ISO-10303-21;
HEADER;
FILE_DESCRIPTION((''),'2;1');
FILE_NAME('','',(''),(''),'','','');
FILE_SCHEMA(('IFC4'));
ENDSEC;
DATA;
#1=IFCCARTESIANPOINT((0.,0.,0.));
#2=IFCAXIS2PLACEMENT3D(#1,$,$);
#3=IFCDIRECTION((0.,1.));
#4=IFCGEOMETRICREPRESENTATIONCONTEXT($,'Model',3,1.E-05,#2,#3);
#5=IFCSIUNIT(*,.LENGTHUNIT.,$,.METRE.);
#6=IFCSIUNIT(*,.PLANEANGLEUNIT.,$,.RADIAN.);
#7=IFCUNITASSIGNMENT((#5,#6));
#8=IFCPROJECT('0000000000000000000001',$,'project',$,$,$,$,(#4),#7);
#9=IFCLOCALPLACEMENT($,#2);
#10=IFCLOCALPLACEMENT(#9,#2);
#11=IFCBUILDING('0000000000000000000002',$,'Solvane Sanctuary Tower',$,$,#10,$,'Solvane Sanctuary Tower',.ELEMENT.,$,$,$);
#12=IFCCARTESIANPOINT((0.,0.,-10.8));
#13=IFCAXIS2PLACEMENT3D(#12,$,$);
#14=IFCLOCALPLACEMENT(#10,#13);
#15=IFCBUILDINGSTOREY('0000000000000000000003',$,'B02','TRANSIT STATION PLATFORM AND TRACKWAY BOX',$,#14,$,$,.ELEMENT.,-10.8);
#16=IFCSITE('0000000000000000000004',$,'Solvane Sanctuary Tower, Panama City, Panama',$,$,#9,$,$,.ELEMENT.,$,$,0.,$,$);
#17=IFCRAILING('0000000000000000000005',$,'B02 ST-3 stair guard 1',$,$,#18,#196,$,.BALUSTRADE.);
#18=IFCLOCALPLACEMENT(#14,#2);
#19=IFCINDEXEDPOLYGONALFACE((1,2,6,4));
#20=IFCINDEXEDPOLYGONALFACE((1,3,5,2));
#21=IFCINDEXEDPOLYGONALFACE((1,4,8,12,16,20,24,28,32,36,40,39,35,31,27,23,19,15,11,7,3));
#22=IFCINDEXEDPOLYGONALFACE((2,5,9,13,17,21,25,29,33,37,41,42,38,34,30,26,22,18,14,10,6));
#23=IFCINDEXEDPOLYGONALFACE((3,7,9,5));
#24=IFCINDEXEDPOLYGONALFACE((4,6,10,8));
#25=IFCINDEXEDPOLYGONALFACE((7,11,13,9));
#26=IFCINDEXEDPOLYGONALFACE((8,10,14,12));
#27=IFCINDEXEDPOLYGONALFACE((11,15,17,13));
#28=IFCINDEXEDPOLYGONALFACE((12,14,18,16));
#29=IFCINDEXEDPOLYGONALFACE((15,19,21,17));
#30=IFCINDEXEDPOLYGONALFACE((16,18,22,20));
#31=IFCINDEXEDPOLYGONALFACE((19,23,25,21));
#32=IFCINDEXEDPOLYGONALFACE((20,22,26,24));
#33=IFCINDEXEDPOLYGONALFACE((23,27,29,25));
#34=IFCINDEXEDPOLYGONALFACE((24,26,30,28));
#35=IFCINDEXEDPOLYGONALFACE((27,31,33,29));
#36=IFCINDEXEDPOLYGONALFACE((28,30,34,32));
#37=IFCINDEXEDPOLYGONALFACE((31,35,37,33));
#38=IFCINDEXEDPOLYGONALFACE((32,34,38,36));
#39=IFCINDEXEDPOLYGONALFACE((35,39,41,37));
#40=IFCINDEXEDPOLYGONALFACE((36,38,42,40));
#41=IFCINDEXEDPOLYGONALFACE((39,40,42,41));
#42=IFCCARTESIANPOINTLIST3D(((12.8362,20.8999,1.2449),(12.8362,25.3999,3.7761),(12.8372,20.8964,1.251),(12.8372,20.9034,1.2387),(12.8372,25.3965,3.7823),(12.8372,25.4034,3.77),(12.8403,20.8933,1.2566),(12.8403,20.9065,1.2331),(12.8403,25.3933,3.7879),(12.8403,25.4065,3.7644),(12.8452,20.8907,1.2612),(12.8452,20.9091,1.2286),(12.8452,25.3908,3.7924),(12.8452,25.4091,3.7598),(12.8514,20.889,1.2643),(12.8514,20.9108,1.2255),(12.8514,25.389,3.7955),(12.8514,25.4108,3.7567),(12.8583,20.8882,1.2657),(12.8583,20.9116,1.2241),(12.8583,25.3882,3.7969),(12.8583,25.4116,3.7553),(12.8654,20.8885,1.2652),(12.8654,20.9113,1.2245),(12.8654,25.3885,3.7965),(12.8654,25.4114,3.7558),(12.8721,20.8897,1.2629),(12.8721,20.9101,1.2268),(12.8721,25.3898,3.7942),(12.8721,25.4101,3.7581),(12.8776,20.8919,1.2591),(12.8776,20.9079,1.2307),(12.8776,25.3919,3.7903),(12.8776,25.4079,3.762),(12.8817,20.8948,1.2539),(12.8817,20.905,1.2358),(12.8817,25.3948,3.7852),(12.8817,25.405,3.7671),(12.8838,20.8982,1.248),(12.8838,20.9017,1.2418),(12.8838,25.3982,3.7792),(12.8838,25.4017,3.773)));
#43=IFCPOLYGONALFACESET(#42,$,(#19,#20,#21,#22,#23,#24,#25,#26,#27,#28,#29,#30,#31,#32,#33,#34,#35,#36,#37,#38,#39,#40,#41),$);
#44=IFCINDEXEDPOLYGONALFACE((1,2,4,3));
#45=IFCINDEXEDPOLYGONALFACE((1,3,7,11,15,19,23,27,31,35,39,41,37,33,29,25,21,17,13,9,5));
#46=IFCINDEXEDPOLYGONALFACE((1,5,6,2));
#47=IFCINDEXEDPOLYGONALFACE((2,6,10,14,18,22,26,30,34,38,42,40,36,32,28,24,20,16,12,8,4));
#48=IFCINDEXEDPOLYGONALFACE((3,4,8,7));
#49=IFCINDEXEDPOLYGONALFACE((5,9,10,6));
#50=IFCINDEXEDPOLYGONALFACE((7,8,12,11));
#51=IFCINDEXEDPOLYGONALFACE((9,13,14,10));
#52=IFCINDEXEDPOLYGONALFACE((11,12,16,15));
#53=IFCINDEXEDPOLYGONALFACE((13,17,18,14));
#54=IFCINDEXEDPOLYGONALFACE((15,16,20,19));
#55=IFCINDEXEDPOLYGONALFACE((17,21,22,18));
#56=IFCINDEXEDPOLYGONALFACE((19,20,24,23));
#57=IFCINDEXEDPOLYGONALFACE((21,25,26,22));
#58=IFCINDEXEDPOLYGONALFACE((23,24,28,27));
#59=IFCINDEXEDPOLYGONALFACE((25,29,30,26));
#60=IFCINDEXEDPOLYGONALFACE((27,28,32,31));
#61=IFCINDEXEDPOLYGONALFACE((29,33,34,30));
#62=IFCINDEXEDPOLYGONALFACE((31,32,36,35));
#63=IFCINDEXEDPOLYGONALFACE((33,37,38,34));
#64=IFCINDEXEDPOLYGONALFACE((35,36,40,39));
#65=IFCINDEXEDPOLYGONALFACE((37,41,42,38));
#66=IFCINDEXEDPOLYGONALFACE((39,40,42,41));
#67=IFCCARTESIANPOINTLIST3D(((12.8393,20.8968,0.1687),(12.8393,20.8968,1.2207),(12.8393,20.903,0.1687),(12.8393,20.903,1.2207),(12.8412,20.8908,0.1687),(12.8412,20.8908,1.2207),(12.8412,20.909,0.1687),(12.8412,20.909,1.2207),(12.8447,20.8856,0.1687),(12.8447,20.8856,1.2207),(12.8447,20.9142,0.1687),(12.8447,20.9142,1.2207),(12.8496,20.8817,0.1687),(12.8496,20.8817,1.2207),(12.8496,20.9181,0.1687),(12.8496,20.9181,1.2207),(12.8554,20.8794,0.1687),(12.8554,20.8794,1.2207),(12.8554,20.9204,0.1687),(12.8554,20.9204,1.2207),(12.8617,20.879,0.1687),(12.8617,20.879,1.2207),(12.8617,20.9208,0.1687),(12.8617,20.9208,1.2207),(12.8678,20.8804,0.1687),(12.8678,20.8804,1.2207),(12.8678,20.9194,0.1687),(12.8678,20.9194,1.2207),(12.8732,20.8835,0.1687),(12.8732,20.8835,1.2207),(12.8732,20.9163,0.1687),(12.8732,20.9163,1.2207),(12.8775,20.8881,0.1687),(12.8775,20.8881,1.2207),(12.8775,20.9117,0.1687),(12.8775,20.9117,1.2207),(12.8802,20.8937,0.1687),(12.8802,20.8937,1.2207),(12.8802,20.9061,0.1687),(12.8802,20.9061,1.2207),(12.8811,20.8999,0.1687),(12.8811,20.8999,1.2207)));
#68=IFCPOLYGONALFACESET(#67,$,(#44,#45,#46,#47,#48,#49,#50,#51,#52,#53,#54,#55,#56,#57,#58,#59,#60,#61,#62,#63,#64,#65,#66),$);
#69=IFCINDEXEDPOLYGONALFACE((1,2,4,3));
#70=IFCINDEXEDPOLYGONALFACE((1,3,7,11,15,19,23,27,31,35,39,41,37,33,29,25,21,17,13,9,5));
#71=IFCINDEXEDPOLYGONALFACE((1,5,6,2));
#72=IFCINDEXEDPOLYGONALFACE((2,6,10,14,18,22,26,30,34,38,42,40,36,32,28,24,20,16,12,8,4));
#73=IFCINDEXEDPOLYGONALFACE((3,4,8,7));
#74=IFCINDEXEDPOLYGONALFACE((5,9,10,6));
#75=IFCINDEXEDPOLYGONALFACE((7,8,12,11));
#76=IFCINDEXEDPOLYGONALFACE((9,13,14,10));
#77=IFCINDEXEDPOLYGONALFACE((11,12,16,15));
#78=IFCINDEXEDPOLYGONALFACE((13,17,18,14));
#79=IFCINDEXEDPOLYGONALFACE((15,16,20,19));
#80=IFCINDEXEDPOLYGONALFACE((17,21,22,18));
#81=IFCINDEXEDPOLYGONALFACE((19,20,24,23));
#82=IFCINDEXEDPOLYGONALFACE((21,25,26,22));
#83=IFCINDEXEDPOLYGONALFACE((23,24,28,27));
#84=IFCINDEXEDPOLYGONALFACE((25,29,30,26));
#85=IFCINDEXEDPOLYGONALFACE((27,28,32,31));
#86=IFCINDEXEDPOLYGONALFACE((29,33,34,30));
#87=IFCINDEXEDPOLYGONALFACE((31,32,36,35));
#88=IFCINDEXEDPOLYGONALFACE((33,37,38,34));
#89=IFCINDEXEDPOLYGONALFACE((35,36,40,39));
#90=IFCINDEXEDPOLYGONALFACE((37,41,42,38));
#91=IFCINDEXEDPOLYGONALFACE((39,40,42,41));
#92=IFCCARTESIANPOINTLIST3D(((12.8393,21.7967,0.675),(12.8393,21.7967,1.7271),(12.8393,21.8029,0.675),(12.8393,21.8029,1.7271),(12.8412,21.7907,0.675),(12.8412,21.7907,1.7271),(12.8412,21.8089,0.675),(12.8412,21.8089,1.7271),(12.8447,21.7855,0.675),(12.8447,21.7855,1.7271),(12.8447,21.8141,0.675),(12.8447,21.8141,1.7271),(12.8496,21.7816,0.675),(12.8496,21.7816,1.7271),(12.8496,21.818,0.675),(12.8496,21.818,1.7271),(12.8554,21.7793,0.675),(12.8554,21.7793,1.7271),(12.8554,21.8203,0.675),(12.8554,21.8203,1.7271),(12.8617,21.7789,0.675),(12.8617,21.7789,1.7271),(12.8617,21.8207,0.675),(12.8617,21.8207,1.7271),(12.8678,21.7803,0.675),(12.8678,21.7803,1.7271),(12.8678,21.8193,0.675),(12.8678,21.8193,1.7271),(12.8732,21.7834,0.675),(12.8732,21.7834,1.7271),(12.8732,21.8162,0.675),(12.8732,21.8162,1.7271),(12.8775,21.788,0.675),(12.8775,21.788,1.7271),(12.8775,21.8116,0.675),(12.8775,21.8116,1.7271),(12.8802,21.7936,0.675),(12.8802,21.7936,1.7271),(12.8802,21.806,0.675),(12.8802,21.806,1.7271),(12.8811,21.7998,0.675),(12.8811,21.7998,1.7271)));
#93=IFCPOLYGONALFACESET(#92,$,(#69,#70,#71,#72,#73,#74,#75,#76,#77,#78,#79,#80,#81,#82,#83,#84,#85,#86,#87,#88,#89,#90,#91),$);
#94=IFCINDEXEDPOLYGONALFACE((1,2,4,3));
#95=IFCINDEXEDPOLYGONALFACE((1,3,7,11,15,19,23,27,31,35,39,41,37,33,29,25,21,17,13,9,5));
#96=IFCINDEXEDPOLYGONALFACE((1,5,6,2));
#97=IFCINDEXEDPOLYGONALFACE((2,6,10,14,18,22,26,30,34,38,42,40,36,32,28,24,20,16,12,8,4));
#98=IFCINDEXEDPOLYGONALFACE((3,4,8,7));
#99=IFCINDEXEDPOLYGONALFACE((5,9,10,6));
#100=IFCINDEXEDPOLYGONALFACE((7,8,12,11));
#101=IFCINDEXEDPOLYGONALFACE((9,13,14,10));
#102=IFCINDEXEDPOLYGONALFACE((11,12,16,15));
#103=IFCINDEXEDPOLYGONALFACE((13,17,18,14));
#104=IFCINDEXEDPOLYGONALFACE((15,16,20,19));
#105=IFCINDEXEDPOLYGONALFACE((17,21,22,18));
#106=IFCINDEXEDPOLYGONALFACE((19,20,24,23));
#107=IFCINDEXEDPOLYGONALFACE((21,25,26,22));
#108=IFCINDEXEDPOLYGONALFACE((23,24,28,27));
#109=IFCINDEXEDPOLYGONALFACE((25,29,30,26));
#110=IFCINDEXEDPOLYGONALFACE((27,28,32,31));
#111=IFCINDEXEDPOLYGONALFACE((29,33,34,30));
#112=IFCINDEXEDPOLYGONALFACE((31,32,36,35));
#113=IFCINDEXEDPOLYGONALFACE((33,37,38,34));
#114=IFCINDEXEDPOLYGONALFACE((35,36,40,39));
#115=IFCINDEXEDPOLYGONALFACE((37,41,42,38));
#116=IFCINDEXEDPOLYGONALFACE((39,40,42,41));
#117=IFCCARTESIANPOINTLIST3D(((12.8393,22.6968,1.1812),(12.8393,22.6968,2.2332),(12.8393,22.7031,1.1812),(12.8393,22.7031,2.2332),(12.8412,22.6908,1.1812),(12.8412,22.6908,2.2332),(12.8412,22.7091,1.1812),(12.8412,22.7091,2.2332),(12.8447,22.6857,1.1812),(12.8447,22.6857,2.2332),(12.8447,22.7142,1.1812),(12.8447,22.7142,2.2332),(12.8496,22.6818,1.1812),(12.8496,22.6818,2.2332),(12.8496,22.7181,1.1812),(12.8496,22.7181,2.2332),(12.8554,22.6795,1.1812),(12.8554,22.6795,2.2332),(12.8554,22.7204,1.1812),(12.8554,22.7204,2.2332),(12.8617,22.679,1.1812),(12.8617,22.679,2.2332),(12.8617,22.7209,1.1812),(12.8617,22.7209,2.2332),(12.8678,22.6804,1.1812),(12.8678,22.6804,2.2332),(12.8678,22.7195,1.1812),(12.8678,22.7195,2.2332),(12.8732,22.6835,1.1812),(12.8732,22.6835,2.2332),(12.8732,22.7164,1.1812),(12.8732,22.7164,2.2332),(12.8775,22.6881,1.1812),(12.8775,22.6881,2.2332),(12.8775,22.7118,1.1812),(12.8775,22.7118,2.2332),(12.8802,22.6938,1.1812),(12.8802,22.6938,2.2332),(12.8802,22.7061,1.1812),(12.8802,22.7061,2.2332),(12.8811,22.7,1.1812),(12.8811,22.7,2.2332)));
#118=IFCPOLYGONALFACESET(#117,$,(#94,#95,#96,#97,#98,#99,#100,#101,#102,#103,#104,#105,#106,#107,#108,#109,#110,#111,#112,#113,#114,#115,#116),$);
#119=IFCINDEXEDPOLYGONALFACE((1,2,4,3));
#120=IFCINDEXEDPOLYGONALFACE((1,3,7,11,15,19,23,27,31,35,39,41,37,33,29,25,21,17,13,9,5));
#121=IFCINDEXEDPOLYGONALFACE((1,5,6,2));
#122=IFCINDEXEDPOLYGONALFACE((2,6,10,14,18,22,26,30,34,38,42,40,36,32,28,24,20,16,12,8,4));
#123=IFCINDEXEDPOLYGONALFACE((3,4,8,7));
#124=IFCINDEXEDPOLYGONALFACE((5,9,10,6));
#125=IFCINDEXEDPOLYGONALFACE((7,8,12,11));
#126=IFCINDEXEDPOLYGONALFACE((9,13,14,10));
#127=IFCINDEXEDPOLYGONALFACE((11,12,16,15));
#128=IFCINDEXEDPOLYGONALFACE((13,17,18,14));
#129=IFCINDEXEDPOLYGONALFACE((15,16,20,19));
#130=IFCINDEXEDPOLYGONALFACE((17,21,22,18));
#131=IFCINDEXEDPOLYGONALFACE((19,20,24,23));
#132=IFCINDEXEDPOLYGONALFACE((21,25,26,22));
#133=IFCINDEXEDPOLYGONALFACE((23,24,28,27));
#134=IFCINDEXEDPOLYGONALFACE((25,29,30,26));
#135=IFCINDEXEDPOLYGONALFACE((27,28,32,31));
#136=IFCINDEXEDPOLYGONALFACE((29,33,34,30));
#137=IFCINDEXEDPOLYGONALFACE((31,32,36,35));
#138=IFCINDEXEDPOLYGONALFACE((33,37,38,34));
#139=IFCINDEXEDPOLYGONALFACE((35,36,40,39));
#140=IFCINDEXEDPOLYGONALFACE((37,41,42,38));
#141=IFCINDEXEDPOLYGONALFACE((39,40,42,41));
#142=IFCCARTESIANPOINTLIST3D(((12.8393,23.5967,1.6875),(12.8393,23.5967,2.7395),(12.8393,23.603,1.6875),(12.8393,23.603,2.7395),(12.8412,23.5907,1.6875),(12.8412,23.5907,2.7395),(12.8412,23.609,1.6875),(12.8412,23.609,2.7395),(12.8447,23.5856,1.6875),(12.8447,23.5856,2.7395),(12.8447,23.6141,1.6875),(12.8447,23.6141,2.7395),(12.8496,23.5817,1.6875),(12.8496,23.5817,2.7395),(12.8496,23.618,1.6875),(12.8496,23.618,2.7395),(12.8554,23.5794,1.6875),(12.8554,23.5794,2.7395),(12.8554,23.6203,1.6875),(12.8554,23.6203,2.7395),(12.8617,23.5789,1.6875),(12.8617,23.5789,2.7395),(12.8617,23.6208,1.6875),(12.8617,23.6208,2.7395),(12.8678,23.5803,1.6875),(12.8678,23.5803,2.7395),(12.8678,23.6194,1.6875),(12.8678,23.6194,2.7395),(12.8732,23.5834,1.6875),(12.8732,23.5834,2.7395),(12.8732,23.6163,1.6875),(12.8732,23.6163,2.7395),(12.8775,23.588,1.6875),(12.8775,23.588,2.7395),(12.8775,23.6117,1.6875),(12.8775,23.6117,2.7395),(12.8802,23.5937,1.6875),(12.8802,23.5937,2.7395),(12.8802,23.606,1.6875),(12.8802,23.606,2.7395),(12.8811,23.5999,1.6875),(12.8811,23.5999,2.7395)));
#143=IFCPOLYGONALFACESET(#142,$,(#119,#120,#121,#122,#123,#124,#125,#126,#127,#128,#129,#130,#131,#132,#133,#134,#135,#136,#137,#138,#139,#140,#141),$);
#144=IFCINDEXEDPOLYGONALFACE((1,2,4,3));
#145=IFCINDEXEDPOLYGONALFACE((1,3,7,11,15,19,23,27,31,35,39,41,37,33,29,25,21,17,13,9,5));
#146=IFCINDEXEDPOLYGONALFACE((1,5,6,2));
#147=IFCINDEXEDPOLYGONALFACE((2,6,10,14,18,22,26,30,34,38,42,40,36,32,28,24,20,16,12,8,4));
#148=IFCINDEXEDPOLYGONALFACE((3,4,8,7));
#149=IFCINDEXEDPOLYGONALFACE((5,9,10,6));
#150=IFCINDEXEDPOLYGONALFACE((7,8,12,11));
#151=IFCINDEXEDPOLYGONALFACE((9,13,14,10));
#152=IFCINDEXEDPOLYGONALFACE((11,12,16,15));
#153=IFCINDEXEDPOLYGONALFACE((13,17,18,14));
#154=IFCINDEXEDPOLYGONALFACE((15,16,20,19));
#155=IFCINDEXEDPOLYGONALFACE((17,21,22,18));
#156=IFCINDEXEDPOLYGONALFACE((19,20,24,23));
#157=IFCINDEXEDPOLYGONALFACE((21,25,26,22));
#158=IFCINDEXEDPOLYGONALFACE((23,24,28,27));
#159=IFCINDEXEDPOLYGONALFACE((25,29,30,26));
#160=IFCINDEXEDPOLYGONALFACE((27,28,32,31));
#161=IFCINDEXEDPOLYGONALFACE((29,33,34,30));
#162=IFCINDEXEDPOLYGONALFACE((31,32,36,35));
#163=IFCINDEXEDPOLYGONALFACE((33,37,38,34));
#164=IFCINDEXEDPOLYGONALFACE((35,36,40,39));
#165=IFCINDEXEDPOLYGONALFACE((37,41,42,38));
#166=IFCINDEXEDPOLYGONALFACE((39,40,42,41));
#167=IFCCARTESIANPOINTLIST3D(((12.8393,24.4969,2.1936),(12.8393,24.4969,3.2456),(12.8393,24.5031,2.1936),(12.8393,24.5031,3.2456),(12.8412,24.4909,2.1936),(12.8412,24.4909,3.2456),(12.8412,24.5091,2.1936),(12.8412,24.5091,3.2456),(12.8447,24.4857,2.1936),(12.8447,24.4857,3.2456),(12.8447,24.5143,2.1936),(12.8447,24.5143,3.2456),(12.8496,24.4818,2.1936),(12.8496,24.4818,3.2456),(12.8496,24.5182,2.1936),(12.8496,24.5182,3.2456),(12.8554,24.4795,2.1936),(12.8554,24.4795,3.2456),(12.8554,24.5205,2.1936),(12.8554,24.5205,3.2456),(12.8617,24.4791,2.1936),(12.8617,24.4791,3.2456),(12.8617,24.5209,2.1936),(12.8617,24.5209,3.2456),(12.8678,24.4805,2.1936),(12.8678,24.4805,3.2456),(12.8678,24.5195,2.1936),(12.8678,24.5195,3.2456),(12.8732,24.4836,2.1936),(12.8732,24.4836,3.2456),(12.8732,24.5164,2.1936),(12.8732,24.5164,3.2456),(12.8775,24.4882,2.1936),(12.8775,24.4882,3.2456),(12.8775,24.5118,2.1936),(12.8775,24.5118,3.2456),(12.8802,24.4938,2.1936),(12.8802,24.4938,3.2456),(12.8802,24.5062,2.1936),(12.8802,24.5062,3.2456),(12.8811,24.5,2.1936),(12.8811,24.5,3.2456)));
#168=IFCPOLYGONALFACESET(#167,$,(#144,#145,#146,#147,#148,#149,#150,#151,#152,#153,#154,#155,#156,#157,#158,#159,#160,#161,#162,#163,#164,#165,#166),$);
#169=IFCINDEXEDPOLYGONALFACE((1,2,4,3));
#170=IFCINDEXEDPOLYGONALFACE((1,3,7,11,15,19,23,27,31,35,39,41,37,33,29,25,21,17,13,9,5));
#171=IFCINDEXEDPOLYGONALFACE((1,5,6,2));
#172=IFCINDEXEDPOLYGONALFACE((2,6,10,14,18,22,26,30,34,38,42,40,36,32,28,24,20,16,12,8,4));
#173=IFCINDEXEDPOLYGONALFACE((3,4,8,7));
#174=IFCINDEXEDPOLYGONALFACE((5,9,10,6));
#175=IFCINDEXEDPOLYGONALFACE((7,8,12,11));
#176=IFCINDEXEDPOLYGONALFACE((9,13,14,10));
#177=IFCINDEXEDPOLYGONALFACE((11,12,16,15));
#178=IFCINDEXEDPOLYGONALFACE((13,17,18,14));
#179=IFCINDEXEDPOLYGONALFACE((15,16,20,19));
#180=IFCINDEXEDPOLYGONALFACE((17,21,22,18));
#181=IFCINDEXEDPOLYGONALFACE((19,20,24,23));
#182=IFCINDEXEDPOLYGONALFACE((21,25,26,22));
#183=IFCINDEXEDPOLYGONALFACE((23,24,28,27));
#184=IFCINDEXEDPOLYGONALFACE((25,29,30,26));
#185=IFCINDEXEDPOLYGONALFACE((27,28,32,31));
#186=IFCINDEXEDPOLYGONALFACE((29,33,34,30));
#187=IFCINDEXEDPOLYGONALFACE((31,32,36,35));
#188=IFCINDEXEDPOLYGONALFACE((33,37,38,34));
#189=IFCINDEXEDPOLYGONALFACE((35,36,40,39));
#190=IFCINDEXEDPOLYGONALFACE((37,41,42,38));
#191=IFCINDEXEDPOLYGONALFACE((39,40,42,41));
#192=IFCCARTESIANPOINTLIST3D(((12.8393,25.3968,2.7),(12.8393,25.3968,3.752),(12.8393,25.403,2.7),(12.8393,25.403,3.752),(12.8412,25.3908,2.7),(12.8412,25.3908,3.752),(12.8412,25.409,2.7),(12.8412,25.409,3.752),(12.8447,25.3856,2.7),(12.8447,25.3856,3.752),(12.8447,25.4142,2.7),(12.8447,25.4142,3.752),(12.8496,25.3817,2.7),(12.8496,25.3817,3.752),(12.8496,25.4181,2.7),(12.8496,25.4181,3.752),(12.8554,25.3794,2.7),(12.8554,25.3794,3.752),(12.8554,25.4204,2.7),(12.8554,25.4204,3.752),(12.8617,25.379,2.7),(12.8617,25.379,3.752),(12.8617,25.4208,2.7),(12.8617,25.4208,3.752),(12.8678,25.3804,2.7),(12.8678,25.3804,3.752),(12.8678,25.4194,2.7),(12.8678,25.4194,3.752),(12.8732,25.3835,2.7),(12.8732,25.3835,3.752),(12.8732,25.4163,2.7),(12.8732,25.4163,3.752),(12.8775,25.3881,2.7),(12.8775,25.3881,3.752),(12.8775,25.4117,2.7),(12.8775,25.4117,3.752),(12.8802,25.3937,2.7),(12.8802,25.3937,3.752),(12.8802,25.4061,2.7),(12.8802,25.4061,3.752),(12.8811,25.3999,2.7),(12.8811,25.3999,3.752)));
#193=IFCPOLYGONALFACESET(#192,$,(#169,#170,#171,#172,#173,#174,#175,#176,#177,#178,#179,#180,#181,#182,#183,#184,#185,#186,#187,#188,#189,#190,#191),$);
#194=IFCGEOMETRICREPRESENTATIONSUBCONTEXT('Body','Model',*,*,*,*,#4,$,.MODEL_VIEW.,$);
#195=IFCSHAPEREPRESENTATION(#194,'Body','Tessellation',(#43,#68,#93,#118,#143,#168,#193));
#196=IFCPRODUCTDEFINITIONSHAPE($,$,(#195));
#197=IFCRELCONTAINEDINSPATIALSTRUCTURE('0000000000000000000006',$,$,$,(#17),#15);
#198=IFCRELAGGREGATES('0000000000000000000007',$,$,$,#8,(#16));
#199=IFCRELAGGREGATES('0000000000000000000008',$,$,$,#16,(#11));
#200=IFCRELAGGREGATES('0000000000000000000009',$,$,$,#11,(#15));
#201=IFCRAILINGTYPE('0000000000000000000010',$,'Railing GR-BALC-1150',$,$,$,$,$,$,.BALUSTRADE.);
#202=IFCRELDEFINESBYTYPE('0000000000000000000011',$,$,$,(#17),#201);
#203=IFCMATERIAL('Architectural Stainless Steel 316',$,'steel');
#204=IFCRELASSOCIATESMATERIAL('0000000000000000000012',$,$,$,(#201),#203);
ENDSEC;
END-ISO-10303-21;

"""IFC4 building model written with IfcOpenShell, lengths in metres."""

from ifc_helpers import new_model, si_unit, direction, frame, origin, origin_2d, place, context, subcontext, project, spatial, circle, extrude, material, type_object, element, save


model = new_model("IFC4")

# Units and contexts
model_context = context("Model", 3, precision=1e-05, world=origin(), true_north=direction((0.0, 1.0)))
body_context = subcontext(model_context, "Body", "Model", "MODEL_VIEW")
ifc_project = project(units=[si_unit("LENGTHUNIT", "METRE"), si_unit("PLANEANGLEUNIT", "RADIAN")], contexts=[model_context])

# Site, building, storey
site_placement = place(None, origin())
site = spatial("IfcSite", under=ifc_project, at=site_placement, Name="Solvane Sanctuary Tower, Panama City, Panama", CompositionType="ELEMENT", RefElevation=0.0)
building_placement = place(site_placement, origin())
building = spatial("IfcBuilding", under=site, at=building_placement, Name="Solvane Sanctuary Tower", LongName="Solvane Sanctuary Tower", CompositionType="ELEMENT")
storey_placement = place(building_placement, frame((0.0, 0.0, -10.8)))
storey = spatial("IfcBuildingStorey", under=building, at=storey_placement, Name="B02", Description="TRANSIT STATION PLATFORM AND TRACKWAY BOX", CompositionType="ELEMENT", Elevation=-10.8)

# Shared definitions
ifc_material_1 = material(Name="Architectural Stainless Steel 316", Category="steel")

# Railing
railing_type_1 = type_object("IfcRailingType", Name="Railing GR-BALC-1150", PredefinedType="BALUSTRADE", material=ifc_material_1)
railing_1_placement = place(storey_placement, frame((12.8601, 20.8999, 0.1687)))
element("IfcRailing", 1, at=railing_1_placement, inside=storey, type_object=railing_type_1, Name="B02 ST-3 stair guard 1", PredefinedType="BALUSTRADE", context=body_context, shape_type="SweptSolid", body=[
    extrude(circle(Radius=0.0239, at=origin_2d()), frame((0.0, 0.0, 1.0762), z_axis=(0.0, 0.871576, 0.490261), x_axis=(-1.0, 0.0, 0.0)), (0.0, 0.0, 1.0), 5.1631),
    extrude(circle(Radius=0.021, at=origin_2d()), origin(), (0.0, 0.0, 1.0), 1.052),
    extrude(circle(Radius=0.021, at=origin_2d()), frame((0.0, 0.8999, 0.5063)), (0.0, 0.0, 1.0), 1.052),
    extrude(circle(Radius=0.021, at=origin_2d()), frame((0.0, 1.8, 1.0125)), (0.0, 0.0, 1.0), 1.052),
    extrude(circle(Radius=0.021, at=origin_2d()), frame((0.0, 2.7, 1.5188)), (0.0, 0.0, 1.0), 1.052),
    extrude(circle(Radius=0.021, at=origin_2d()), frame((0.0, 3.6001, 2.0249)), (0.0, 0.0, 1.0), 1.052),
    extrude(circle(Radius=0.021, at=origin_2d()), frame((0.0, 4.5, 2.5312)), (0.0, 0.0, 1.0), 1.052),
])

save(model, "model.ifc")
